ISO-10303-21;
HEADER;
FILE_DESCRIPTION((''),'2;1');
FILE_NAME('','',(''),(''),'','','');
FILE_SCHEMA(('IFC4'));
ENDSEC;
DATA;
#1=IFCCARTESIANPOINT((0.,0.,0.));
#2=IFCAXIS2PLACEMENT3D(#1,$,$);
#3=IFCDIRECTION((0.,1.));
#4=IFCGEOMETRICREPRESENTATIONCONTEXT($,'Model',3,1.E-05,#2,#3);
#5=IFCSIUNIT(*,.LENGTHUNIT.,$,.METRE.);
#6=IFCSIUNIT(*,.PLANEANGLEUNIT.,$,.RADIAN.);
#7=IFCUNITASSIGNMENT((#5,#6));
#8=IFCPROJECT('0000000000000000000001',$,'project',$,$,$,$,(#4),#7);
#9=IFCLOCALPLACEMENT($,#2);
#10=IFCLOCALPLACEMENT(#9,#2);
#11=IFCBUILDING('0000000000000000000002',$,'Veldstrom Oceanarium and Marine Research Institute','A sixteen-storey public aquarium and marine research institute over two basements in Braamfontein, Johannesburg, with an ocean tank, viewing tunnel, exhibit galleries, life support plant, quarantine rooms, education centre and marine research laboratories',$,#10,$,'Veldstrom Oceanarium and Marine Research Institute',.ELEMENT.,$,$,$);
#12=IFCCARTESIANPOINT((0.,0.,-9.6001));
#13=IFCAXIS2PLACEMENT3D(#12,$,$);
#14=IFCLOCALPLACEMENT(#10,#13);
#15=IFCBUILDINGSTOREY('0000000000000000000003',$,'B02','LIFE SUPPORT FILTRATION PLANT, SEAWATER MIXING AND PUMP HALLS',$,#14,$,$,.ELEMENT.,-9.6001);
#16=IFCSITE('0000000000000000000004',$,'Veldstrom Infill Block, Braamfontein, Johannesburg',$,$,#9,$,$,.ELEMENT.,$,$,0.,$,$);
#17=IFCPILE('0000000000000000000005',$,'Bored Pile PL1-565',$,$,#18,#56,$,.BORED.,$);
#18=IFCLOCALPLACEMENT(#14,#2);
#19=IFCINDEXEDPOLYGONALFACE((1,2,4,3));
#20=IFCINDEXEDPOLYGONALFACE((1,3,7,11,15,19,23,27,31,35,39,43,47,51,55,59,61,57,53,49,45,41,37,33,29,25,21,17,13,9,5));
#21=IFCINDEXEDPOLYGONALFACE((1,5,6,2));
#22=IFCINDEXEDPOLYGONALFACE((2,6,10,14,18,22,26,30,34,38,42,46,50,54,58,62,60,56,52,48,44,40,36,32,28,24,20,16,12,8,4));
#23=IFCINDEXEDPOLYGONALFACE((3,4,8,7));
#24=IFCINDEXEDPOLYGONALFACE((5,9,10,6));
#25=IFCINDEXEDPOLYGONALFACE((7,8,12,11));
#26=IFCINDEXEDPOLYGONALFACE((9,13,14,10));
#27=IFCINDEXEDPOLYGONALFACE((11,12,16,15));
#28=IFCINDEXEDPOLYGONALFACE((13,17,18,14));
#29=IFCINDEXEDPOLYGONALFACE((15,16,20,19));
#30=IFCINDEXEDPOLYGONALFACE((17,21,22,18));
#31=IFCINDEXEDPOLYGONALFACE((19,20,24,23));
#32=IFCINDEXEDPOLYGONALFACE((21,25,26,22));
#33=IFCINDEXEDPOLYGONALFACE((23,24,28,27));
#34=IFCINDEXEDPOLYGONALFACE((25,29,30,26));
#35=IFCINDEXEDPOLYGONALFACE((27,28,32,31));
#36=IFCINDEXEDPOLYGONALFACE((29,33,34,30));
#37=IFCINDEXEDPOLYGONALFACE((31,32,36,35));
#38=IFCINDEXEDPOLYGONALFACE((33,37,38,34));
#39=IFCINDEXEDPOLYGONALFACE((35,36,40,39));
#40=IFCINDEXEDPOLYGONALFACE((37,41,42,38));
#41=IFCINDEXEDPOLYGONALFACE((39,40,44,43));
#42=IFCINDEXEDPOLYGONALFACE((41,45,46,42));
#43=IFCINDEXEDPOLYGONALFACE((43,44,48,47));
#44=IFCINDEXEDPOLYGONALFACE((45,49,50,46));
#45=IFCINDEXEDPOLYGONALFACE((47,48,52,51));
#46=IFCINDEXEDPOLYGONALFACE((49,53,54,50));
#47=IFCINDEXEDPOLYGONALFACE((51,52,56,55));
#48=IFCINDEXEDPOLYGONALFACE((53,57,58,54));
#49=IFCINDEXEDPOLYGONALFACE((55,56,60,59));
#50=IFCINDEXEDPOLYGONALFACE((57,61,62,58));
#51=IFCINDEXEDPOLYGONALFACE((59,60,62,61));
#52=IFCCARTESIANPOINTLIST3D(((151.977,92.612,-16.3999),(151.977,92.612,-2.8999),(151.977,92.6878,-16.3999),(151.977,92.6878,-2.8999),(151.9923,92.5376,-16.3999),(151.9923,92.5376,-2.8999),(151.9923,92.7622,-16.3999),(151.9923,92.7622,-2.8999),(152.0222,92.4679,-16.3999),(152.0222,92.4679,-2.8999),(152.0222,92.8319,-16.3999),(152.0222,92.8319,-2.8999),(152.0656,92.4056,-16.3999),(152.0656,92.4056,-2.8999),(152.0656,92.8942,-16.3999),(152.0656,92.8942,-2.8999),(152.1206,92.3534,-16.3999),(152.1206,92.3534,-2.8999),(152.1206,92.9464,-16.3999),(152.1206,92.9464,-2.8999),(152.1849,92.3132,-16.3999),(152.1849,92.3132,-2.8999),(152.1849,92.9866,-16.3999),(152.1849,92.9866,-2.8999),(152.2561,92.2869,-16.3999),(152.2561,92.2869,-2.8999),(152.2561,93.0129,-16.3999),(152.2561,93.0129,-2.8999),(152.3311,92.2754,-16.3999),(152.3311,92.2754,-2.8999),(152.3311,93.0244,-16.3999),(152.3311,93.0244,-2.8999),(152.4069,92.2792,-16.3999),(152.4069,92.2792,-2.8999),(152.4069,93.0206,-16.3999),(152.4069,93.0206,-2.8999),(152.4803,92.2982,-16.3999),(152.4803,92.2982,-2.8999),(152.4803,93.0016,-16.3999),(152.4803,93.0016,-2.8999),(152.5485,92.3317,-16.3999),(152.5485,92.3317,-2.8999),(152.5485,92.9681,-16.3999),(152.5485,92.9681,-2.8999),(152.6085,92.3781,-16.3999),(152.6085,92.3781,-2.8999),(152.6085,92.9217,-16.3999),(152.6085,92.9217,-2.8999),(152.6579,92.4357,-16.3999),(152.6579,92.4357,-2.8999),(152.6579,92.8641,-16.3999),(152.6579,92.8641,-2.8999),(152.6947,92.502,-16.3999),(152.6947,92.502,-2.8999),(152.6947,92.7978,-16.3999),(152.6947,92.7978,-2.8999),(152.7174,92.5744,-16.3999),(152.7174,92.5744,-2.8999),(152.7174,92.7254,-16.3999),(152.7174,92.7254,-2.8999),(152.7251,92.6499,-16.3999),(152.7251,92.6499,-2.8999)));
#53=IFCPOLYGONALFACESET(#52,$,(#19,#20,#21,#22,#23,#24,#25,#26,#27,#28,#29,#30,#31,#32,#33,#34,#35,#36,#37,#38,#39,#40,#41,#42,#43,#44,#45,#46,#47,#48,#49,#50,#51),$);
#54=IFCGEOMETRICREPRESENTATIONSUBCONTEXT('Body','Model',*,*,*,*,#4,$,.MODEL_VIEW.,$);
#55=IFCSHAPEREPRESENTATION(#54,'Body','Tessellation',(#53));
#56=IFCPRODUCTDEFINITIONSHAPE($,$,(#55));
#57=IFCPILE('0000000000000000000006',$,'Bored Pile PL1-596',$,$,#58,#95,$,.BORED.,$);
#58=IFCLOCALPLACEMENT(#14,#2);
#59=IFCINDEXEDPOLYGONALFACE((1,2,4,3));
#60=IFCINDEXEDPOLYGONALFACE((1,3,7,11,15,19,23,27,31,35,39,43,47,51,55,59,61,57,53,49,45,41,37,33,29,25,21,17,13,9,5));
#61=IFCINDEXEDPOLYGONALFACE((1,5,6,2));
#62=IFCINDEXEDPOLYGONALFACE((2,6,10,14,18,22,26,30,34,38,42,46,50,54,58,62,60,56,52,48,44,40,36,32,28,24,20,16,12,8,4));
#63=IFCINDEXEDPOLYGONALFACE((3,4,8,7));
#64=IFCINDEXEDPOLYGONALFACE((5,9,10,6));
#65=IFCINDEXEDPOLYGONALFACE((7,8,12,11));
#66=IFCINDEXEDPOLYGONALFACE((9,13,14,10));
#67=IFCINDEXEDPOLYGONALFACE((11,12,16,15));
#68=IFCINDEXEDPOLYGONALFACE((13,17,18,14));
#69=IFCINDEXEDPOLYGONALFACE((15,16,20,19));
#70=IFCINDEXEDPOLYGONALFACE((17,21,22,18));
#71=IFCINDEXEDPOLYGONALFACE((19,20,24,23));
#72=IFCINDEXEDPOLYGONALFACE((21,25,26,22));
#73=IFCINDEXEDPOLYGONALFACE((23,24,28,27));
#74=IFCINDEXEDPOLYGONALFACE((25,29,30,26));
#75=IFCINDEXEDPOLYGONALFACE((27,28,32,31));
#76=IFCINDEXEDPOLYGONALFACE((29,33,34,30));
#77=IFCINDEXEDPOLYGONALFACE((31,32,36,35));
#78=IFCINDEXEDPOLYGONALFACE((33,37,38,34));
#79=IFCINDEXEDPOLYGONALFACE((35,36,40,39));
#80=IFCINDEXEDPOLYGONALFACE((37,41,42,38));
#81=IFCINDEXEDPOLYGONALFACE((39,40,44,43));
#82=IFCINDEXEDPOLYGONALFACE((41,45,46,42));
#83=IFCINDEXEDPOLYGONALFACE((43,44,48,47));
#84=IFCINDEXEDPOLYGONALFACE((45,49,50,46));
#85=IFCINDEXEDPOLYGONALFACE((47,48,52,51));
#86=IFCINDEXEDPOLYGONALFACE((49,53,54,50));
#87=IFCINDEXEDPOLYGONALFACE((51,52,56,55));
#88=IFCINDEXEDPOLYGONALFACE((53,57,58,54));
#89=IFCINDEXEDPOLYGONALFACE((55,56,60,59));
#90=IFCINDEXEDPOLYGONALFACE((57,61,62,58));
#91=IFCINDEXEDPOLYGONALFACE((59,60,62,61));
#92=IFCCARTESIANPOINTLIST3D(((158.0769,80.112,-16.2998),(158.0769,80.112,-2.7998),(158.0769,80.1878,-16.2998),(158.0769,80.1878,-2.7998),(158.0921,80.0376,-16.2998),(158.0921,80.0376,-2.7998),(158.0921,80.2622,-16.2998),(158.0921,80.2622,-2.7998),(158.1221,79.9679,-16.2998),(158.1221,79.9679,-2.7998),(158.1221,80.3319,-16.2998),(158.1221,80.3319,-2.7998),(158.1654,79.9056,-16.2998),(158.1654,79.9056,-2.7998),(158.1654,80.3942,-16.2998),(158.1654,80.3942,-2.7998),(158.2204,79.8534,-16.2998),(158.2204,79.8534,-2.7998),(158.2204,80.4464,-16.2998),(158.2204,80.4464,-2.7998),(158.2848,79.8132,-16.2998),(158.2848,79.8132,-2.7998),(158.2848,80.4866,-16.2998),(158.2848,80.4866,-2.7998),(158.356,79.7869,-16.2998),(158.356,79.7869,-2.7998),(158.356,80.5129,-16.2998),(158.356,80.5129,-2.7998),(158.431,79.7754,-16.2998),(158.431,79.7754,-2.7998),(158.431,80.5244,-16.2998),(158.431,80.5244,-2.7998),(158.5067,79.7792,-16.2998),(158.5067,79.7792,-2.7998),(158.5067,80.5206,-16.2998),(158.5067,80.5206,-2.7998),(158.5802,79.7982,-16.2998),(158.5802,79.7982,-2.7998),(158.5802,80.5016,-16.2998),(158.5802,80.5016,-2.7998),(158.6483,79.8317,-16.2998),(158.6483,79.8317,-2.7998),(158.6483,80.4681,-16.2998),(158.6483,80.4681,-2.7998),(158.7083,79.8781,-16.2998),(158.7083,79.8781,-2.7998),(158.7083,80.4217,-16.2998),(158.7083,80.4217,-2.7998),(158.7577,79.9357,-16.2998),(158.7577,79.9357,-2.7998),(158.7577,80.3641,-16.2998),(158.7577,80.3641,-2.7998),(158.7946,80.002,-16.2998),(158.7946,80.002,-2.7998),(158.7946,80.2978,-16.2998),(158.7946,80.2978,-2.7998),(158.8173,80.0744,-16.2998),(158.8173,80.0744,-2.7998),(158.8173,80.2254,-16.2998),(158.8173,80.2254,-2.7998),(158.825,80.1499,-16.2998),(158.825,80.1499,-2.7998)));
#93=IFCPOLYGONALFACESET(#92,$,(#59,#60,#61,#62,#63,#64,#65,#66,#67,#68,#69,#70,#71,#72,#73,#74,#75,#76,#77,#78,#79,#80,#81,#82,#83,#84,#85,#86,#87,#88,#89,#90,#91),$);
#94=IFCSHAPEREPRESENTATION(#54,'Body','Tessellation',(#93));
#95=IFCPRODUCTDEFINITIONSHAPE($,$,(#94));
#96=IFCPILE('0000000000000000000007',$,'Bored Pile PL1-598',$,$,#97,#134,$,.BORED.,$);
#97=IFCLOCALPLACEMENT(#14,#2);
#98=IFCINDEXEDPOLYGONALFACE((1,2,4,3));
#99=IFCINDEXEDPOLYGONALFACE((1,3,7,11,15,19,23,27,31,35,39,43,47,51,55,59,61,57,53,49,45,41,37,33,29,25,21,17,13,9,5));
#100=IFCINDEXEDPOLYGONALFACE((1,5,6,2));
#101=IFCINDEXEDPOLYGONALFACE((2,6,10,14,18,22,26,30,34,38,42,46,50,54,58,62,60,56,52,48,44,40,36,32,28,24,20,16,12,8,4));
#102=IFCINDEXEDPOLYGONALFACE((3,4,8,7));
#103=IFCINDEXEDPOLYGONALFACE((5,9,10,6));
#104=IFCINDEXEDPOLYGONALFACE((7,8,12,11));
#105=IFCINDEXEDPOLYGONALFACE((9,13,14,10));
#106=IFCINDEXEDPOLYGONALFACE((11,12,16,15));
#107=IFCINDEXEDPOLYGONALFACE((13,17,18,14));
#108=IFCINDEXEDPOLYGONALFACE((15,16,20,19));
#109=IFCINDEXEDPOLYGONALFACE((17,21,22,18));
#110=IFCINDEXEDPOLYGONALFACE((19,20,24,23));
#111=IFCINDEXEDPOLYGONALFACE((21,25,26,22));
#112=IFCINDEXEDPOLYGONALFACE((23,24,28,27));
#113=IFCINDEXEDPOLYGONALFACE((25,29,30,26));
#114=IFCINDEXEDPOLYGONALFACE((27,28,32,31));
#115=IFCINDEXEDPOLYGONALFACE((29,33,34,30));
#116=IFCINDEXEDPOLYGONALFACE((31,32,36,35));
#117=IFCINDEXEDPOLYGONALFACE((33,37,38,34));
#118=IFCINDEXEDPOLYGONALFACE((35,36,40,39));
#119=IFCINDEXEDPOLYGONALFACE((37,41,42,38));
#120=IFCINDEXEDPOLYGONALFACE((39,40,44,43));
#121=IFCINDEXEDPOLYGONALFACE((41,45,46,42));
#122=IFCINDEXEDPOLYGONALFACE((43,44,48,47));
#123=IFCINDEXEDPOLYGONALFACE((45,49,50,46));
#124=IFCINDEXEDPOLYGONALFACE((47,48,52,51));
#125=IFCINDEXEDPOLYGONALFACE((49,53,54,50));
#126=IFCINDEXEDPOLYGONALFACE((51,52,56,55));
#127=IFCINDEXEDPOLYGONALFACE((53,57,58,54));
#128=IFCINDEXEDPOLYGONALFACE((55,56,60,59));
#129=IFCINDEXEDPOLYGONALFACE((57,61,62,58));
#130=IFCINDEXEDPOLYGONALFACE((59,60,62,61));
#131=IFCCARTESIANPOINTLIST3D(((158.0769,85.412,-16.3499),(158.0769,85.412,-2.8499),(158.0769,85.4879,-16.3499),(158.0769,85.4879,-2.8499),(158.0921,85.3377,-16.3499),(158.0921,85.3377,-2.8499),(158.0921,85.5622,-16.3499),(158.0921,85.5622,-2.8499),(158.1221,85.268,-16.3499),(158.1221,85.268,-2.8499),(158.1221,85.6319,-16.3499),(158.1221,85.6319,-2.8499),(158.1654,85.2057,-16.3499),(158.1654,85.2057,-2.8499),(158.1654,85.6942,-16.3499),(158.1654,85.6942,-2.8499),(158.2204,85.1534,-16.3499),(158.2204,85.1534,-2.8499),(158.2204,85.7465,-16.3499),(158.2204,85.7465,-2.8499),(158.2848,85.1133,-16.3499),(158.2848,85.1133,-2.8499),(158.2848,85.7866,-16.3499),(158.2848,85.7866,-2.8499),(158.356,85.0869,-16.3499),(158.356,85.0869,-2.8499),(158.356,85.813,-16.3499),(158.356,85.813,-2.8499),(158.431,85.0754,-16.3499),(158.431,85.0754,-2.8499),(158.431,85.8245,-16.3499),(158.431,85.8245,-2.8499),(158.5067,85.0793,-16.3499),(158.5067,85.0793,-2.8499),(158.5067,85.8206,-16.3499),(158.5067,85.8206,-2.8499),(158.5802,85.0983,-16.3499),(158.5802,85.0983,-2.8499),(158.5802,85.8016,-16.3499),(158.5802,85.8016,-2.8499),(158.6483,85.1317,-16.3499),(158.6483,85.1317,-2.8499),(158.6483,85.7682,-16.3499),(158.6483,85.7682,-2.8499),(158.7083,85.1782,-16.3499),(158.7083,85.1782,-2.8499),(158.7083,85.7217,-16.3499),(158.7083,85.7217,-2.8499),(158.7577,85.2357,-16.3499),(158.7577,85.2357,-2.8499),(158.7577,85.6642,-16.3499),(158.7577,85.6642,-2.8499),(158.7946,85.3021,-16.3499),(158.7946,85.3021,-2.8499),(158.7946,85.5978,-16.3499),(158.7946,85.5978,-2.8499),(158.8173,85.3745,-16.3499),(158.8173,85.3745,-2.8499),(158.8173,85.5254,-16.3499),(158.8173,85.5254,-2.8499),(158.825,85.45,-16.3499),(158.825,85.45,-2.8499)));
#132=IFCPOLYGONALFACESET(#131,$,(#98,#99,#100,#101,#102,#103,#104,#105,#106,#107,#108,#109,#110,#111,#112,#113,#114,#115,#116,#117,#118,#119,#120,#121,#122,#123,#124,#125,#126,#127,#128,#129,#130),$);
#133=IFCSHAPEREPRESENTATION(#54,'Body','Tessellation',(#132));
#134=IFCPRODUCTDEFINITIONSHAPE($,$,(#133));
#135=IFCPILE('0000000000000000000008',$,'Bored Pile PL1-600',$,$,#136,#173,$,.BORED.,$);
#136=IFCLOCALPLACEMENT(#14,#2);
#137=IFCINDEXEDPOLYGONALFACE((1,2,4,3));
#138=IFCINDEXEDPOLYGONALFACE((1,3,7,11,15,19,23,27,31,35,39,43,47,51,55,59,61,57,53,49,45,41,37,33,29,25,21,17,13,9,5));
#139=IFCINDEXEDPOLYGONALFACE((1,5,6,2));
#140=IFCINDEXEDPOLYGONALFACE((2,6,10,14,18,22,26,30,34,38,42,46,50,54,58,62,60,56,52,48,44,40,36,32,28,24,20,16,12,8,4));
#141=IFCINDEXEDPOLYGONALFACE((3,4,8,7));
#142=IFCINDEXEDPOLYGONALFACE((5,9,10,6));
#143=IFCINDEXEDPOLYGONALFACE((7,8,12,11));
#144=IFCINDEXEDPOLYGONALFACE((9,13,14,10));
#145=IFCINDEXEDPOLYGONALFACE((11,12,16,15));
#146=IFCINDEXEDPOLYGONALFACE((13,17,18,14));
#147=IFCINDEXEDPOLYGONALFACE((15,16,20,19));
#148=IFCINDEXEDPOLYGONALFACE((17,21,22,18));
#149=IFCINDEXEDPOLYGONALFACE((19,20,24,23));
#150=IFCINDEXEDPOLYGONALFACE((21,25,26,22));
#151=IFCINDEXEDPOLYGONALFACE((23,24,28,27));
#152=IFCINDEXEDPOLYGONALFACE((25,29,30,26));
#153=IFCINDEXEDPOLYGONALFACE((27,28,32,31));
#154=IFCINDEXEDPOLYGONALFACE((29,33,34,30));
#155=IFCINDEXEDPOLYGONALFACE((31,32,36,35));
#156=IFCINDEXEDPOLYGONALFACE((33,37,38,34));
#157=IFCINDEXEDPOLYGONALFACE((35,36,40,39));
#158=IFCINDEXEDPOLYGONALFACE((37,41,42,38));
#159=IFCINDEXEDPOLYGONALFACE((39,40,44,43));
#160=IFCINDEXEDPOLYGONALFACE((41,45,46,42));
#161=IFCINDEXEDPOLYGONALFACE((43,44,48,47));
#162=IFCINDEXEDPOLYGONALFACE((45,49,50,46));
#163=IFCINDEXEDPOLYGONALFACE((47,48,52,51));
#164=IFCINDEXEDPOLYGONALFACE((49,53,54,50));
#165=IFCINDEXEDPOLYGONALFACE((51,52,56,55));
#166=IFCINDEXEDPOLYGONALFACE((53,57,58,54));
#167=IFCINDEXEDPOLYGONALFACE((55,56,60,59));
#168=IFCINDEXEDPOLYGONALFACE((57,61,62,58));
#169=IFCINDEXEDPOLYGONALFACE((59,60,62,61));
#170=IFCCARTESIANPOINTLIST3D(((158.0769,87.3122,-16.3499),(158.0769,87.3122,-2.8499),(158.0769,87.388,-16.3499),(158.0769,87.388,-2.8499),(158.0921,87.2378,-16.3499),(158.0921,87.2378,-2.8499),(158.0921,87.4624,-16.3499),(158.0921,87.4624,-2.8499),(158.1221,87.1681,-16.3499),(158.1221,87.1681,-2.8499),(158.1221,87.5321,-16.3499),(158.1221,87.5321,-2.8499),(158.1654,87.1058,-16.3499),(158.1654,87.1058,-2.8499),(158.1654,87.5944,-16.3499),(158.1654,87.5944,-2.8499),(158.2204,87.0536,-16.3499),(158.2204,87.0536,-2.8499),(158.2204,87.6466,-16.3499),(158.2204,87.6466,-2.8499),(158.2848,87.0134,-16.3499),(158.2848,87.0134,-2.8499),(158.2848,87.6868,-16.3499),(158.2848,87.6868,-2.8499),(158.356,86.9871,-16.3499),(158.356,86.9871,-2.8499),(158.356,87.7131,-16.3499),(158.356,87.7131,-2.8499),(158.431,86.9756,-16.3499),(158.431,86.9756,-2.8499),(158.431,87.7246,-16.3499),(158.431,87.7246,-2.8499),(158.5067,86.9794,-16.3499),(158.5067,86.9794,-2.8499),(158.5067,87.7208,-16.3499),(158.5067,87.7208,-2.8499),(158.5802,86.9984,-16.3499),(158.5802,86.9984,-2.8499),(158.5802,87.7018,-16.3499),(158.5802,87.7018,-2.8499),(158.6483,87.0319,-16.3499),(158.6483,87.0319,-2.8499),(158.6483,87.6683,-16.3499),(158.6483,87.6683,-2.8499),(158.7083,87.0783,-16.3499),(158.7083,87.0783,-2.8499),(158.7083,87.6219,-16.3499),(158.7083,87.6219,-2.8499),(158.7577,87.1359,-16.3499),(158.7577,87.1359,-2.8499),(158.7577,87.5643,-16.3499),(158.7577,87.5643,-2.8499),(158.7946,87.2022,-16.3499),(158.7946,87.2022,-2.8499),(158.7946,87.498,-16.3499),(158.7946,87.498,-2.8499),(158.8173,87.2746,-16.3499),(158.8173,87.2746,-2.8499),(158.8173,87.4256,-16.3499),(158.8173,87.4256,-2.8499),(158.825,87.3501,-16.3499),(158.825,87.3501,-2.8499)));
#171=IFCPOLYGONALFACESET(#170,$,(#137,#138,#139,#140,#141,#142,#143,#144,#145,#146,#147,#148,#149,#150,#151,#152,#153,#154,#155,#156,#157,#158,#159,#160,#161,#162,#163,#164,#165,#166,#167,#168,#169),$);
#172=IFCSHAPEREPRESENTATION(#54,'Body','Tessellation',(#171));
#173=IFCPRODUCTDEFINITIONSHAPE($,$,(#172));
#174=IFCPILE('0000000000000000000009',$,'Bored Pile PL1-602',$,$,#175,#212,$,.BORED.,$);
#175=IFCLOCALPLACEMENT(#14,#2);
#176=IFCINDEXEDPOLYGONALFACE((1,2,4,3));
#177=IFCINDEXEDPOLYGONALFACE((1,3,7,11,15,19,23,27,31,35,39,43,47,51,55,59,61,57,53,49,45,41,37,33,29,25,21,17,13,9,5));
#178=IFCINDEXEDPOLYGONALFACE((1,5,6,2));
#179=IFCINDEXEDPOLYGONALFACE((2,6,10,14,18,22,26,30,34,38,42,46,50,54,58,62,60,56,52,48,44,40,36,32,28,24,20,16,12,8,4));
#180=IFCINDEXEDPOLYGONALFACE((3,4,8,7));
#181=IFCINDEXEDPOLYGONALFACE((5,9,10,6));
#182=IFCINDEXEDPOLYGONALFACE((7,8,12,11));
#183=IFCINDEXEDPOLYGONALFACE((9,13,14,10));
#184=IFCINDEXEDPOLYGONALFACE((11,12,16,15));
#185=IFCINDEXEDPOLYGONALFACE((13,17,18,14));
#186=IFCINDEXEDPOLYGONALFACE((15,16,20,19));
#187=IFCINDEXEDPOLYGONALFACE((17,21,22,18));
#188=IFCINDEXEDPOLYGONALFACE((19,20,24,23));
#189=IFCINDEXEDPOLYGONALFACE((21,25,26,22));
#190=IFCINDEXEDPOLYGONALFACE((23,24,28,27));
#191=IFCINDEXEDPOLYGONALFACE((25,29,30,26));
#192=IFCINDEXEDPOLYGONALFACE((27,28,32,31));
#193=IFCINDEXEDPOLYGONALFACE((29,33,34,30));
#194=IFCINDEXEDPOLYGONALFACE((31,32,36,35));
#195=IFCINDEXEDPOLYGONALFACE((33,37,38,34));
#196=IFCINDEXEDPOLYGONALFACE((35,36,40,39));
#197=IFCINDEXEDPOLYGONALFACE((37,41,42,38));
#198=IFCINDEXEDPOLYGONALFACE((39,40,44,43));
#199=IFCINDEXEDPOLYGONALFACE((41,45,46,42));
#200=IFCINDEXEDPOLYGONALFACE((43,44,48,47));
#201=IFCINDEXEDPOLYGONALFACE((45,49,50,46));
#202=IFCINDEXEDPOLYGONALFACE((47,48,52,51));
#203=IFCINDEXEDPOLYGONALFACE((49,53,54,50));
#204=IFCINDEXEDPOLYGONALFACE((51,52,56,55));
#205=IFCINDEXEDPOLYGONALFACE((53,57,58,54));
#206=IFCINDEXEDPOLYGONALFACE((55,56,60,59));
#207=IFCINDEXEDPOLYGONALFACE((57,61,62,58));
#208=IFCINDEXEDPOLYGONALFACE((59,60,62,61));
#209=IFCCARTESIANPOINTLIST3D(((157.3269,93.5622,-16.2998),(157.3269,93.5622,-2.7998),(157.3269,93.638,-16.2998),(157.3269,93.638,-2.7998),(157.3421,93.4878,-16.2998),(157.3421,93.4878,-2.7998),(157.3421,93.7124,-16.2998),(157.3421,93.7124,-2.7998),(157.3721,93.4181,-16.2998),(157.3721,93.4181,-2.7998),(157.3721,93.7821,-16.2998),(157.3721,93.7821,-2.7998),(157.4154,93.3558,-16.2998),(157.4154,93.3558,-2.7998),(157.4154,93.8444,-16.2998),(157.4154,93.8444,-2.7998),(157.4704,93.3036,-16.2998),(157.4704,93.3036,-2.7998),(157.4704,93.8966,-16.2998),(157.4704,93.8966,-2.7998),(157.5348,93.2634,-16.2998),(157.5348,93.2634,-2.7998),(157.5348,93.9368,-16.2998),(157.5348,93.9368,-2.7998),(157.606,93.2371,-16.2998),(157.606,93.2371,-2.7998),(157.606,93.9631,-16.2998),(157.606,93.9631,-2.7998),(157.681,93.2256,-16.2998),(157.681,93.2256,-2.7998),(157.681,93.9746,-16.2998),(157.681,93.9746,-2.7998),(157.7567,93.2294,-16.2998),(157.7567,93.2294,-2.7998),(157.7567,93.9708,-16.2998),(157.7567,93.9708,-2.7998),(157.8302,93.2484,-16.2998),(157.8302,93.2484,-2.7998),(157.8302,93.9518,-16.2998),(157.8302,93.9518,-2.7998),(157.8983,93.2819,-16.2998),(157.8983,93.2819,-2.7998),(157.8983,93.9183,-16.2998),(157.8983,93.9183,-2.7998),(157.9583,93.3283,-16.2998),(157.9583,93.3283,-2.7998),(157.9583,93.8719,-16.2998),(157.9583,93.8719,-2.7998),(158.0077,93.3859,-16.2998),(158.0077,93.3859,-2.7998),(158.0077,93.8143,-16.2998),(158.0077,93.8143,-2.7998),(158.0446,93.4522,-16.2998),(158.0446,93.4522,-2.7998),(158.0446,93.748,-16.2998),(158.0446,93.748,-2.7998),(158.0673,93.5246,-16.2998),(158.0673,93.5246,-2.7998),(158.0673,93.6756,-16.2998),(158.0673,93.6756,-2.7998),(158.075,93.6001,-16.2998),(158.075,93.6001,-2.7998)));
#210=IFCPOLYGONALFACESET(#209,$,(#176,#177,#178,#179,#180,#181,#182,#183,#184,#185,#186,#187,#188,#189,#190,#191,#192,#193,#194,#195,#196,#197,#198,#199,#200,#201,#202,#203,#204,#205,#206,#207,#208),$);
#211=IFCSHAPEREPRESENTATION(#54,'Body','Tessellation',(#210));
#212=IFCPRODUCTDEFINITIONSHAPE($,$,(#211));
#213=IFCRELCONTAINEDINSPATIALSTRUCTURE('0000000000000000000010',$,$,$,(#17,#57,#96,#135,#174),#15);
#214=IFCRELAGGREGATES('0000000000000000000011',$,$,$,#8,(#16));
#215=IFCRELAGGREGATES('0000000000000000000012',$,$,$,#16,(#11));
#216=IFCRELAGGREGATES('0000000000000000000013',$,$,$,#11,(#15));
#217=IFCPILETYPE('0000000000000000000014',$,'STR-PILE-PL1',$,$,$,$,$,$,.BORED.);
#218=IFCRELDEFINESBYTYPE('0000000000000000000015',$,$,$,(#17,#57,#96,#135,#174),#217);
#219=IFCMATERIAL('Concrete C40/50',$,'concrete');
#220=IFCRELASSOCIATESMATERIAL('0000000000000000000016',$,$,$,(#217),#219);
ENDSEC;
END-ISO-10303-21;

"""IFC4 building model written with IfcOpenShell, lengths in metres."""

from ifc_helpers import new_model, si_unit, direction, frame, origin, origin_2d, place, context, subcontext, project, spatial, circle, extrude, material, material_profile, profile_set, type_object, element, save


model = new_model("IFC4")

# Units and contexts
model_context = context("Model", 3, precision=1e-05, world=origin(), true_north=direction((0.0, 1.0)))
body_context = subcontext(model_context, "Body", "Model", "MODEL_VIEW")
ifc_project = project(units=[si_unit("LENGTHUNIT", "METRE"), si_unit("PLANEANGLEUNIT", "RADIAN")], contexts=[model_context])

# Site, building, storey
site_placement = place(None, origin())
site = spatial("IfcSite", under=ifc_project, at=site_placement, Name="Veldstrom Infill Block, Braamfontein, Johannesburg", CompositionType="ELEMENT", RefElevation=0.0)
building_placement = place(site_placement, origin())
building = spatial("IfcBuilding", under=site, at=building_placement, Name="Veldstrom Oceanarium and Marine Research Institute", Description="A sixteen-storey public aquarium and marine research institute over two basements in Braamfontein, Johannesburg, with an ocean tank, viewing tunnel, exhibit galleries, life support plant, quarantine rooms, education centre and marine research laboratories", LongName="Veldstrom Oceanarium and Marine Research Institute", CompositionType="ELEMENT")
storey_placement = place(building_placement, frame((0.0, 0.0, -9.6001)))
storey = spatial("IfcBuildingStorey", under=building, at=storey_placement, Name="B02", Description="LIFE SUPPORT FILTRATION PLANT, SEAWATER MIXING AND PUMP HALLS", CompositionType="ELEMENT", Elevation=-9.6001)

# Piles
ifc_material_1 = material(Name="Concrete C40/50", Category="concrete")
ifc_material_profile_1 = material_profile(ifc_material_1, circle(Radius=0.375, at=origin_2d()), Name="PILE-D750")
ifc_profile_set_1 = profile_set([ifc_material_profile_1], Name="Concrete C40/50")
pile_type = type_object("IfcPileType", Name="STR-PILE-PL1", PredefinedType="BORED", material=ifc_profile_set_1)
for number, where, z_axis, x_axis, name in (
    (1, (152.3501, 92.6499, -2.8999), (0.0, 0.0, -1.0), (1.0, 0.0, 0.0), "Bored Pile PL1-565"),
    (2, (158.45, 80.1499, -2.7998), (0.0, 0.0, -1.0), (1.0, 0.0, 0.0), "Bored Pile PL1-596"),
    (3, (158.45, 85.45, -2.8499), (0.0, 0.0, -1.0), (1.0, 0.0, 0.0), "Bored Pile PL1-598"),
    (4, (158.45, 87.3501, -2.8499), (0.0, 0.0, -1.0), (1.0, 0.0, 0.0), "Bored Pile PL1-600"),
    (5, (157.7, 93.6001, -2.7998), (0.0, 0.0, -1.0), (1.0, 0.0, 0.0), "Bored Pile PL1-602"),
):
    element("IfcPile", number, at=place(storey_placement, frame(where, z_axis=z_axis, x_axis=x_axis)), inside=storey, type_object=pile_type, Name=name, PredefinedType="BORED", context=body_context, shape_type="SweptSolid", body=[
        extrude(circle(Radius=0.375, at=origin_2d()), origin(), (0.0, 0.0, 1.0), 13.5),
    ])

save(model, "model.ifc")
